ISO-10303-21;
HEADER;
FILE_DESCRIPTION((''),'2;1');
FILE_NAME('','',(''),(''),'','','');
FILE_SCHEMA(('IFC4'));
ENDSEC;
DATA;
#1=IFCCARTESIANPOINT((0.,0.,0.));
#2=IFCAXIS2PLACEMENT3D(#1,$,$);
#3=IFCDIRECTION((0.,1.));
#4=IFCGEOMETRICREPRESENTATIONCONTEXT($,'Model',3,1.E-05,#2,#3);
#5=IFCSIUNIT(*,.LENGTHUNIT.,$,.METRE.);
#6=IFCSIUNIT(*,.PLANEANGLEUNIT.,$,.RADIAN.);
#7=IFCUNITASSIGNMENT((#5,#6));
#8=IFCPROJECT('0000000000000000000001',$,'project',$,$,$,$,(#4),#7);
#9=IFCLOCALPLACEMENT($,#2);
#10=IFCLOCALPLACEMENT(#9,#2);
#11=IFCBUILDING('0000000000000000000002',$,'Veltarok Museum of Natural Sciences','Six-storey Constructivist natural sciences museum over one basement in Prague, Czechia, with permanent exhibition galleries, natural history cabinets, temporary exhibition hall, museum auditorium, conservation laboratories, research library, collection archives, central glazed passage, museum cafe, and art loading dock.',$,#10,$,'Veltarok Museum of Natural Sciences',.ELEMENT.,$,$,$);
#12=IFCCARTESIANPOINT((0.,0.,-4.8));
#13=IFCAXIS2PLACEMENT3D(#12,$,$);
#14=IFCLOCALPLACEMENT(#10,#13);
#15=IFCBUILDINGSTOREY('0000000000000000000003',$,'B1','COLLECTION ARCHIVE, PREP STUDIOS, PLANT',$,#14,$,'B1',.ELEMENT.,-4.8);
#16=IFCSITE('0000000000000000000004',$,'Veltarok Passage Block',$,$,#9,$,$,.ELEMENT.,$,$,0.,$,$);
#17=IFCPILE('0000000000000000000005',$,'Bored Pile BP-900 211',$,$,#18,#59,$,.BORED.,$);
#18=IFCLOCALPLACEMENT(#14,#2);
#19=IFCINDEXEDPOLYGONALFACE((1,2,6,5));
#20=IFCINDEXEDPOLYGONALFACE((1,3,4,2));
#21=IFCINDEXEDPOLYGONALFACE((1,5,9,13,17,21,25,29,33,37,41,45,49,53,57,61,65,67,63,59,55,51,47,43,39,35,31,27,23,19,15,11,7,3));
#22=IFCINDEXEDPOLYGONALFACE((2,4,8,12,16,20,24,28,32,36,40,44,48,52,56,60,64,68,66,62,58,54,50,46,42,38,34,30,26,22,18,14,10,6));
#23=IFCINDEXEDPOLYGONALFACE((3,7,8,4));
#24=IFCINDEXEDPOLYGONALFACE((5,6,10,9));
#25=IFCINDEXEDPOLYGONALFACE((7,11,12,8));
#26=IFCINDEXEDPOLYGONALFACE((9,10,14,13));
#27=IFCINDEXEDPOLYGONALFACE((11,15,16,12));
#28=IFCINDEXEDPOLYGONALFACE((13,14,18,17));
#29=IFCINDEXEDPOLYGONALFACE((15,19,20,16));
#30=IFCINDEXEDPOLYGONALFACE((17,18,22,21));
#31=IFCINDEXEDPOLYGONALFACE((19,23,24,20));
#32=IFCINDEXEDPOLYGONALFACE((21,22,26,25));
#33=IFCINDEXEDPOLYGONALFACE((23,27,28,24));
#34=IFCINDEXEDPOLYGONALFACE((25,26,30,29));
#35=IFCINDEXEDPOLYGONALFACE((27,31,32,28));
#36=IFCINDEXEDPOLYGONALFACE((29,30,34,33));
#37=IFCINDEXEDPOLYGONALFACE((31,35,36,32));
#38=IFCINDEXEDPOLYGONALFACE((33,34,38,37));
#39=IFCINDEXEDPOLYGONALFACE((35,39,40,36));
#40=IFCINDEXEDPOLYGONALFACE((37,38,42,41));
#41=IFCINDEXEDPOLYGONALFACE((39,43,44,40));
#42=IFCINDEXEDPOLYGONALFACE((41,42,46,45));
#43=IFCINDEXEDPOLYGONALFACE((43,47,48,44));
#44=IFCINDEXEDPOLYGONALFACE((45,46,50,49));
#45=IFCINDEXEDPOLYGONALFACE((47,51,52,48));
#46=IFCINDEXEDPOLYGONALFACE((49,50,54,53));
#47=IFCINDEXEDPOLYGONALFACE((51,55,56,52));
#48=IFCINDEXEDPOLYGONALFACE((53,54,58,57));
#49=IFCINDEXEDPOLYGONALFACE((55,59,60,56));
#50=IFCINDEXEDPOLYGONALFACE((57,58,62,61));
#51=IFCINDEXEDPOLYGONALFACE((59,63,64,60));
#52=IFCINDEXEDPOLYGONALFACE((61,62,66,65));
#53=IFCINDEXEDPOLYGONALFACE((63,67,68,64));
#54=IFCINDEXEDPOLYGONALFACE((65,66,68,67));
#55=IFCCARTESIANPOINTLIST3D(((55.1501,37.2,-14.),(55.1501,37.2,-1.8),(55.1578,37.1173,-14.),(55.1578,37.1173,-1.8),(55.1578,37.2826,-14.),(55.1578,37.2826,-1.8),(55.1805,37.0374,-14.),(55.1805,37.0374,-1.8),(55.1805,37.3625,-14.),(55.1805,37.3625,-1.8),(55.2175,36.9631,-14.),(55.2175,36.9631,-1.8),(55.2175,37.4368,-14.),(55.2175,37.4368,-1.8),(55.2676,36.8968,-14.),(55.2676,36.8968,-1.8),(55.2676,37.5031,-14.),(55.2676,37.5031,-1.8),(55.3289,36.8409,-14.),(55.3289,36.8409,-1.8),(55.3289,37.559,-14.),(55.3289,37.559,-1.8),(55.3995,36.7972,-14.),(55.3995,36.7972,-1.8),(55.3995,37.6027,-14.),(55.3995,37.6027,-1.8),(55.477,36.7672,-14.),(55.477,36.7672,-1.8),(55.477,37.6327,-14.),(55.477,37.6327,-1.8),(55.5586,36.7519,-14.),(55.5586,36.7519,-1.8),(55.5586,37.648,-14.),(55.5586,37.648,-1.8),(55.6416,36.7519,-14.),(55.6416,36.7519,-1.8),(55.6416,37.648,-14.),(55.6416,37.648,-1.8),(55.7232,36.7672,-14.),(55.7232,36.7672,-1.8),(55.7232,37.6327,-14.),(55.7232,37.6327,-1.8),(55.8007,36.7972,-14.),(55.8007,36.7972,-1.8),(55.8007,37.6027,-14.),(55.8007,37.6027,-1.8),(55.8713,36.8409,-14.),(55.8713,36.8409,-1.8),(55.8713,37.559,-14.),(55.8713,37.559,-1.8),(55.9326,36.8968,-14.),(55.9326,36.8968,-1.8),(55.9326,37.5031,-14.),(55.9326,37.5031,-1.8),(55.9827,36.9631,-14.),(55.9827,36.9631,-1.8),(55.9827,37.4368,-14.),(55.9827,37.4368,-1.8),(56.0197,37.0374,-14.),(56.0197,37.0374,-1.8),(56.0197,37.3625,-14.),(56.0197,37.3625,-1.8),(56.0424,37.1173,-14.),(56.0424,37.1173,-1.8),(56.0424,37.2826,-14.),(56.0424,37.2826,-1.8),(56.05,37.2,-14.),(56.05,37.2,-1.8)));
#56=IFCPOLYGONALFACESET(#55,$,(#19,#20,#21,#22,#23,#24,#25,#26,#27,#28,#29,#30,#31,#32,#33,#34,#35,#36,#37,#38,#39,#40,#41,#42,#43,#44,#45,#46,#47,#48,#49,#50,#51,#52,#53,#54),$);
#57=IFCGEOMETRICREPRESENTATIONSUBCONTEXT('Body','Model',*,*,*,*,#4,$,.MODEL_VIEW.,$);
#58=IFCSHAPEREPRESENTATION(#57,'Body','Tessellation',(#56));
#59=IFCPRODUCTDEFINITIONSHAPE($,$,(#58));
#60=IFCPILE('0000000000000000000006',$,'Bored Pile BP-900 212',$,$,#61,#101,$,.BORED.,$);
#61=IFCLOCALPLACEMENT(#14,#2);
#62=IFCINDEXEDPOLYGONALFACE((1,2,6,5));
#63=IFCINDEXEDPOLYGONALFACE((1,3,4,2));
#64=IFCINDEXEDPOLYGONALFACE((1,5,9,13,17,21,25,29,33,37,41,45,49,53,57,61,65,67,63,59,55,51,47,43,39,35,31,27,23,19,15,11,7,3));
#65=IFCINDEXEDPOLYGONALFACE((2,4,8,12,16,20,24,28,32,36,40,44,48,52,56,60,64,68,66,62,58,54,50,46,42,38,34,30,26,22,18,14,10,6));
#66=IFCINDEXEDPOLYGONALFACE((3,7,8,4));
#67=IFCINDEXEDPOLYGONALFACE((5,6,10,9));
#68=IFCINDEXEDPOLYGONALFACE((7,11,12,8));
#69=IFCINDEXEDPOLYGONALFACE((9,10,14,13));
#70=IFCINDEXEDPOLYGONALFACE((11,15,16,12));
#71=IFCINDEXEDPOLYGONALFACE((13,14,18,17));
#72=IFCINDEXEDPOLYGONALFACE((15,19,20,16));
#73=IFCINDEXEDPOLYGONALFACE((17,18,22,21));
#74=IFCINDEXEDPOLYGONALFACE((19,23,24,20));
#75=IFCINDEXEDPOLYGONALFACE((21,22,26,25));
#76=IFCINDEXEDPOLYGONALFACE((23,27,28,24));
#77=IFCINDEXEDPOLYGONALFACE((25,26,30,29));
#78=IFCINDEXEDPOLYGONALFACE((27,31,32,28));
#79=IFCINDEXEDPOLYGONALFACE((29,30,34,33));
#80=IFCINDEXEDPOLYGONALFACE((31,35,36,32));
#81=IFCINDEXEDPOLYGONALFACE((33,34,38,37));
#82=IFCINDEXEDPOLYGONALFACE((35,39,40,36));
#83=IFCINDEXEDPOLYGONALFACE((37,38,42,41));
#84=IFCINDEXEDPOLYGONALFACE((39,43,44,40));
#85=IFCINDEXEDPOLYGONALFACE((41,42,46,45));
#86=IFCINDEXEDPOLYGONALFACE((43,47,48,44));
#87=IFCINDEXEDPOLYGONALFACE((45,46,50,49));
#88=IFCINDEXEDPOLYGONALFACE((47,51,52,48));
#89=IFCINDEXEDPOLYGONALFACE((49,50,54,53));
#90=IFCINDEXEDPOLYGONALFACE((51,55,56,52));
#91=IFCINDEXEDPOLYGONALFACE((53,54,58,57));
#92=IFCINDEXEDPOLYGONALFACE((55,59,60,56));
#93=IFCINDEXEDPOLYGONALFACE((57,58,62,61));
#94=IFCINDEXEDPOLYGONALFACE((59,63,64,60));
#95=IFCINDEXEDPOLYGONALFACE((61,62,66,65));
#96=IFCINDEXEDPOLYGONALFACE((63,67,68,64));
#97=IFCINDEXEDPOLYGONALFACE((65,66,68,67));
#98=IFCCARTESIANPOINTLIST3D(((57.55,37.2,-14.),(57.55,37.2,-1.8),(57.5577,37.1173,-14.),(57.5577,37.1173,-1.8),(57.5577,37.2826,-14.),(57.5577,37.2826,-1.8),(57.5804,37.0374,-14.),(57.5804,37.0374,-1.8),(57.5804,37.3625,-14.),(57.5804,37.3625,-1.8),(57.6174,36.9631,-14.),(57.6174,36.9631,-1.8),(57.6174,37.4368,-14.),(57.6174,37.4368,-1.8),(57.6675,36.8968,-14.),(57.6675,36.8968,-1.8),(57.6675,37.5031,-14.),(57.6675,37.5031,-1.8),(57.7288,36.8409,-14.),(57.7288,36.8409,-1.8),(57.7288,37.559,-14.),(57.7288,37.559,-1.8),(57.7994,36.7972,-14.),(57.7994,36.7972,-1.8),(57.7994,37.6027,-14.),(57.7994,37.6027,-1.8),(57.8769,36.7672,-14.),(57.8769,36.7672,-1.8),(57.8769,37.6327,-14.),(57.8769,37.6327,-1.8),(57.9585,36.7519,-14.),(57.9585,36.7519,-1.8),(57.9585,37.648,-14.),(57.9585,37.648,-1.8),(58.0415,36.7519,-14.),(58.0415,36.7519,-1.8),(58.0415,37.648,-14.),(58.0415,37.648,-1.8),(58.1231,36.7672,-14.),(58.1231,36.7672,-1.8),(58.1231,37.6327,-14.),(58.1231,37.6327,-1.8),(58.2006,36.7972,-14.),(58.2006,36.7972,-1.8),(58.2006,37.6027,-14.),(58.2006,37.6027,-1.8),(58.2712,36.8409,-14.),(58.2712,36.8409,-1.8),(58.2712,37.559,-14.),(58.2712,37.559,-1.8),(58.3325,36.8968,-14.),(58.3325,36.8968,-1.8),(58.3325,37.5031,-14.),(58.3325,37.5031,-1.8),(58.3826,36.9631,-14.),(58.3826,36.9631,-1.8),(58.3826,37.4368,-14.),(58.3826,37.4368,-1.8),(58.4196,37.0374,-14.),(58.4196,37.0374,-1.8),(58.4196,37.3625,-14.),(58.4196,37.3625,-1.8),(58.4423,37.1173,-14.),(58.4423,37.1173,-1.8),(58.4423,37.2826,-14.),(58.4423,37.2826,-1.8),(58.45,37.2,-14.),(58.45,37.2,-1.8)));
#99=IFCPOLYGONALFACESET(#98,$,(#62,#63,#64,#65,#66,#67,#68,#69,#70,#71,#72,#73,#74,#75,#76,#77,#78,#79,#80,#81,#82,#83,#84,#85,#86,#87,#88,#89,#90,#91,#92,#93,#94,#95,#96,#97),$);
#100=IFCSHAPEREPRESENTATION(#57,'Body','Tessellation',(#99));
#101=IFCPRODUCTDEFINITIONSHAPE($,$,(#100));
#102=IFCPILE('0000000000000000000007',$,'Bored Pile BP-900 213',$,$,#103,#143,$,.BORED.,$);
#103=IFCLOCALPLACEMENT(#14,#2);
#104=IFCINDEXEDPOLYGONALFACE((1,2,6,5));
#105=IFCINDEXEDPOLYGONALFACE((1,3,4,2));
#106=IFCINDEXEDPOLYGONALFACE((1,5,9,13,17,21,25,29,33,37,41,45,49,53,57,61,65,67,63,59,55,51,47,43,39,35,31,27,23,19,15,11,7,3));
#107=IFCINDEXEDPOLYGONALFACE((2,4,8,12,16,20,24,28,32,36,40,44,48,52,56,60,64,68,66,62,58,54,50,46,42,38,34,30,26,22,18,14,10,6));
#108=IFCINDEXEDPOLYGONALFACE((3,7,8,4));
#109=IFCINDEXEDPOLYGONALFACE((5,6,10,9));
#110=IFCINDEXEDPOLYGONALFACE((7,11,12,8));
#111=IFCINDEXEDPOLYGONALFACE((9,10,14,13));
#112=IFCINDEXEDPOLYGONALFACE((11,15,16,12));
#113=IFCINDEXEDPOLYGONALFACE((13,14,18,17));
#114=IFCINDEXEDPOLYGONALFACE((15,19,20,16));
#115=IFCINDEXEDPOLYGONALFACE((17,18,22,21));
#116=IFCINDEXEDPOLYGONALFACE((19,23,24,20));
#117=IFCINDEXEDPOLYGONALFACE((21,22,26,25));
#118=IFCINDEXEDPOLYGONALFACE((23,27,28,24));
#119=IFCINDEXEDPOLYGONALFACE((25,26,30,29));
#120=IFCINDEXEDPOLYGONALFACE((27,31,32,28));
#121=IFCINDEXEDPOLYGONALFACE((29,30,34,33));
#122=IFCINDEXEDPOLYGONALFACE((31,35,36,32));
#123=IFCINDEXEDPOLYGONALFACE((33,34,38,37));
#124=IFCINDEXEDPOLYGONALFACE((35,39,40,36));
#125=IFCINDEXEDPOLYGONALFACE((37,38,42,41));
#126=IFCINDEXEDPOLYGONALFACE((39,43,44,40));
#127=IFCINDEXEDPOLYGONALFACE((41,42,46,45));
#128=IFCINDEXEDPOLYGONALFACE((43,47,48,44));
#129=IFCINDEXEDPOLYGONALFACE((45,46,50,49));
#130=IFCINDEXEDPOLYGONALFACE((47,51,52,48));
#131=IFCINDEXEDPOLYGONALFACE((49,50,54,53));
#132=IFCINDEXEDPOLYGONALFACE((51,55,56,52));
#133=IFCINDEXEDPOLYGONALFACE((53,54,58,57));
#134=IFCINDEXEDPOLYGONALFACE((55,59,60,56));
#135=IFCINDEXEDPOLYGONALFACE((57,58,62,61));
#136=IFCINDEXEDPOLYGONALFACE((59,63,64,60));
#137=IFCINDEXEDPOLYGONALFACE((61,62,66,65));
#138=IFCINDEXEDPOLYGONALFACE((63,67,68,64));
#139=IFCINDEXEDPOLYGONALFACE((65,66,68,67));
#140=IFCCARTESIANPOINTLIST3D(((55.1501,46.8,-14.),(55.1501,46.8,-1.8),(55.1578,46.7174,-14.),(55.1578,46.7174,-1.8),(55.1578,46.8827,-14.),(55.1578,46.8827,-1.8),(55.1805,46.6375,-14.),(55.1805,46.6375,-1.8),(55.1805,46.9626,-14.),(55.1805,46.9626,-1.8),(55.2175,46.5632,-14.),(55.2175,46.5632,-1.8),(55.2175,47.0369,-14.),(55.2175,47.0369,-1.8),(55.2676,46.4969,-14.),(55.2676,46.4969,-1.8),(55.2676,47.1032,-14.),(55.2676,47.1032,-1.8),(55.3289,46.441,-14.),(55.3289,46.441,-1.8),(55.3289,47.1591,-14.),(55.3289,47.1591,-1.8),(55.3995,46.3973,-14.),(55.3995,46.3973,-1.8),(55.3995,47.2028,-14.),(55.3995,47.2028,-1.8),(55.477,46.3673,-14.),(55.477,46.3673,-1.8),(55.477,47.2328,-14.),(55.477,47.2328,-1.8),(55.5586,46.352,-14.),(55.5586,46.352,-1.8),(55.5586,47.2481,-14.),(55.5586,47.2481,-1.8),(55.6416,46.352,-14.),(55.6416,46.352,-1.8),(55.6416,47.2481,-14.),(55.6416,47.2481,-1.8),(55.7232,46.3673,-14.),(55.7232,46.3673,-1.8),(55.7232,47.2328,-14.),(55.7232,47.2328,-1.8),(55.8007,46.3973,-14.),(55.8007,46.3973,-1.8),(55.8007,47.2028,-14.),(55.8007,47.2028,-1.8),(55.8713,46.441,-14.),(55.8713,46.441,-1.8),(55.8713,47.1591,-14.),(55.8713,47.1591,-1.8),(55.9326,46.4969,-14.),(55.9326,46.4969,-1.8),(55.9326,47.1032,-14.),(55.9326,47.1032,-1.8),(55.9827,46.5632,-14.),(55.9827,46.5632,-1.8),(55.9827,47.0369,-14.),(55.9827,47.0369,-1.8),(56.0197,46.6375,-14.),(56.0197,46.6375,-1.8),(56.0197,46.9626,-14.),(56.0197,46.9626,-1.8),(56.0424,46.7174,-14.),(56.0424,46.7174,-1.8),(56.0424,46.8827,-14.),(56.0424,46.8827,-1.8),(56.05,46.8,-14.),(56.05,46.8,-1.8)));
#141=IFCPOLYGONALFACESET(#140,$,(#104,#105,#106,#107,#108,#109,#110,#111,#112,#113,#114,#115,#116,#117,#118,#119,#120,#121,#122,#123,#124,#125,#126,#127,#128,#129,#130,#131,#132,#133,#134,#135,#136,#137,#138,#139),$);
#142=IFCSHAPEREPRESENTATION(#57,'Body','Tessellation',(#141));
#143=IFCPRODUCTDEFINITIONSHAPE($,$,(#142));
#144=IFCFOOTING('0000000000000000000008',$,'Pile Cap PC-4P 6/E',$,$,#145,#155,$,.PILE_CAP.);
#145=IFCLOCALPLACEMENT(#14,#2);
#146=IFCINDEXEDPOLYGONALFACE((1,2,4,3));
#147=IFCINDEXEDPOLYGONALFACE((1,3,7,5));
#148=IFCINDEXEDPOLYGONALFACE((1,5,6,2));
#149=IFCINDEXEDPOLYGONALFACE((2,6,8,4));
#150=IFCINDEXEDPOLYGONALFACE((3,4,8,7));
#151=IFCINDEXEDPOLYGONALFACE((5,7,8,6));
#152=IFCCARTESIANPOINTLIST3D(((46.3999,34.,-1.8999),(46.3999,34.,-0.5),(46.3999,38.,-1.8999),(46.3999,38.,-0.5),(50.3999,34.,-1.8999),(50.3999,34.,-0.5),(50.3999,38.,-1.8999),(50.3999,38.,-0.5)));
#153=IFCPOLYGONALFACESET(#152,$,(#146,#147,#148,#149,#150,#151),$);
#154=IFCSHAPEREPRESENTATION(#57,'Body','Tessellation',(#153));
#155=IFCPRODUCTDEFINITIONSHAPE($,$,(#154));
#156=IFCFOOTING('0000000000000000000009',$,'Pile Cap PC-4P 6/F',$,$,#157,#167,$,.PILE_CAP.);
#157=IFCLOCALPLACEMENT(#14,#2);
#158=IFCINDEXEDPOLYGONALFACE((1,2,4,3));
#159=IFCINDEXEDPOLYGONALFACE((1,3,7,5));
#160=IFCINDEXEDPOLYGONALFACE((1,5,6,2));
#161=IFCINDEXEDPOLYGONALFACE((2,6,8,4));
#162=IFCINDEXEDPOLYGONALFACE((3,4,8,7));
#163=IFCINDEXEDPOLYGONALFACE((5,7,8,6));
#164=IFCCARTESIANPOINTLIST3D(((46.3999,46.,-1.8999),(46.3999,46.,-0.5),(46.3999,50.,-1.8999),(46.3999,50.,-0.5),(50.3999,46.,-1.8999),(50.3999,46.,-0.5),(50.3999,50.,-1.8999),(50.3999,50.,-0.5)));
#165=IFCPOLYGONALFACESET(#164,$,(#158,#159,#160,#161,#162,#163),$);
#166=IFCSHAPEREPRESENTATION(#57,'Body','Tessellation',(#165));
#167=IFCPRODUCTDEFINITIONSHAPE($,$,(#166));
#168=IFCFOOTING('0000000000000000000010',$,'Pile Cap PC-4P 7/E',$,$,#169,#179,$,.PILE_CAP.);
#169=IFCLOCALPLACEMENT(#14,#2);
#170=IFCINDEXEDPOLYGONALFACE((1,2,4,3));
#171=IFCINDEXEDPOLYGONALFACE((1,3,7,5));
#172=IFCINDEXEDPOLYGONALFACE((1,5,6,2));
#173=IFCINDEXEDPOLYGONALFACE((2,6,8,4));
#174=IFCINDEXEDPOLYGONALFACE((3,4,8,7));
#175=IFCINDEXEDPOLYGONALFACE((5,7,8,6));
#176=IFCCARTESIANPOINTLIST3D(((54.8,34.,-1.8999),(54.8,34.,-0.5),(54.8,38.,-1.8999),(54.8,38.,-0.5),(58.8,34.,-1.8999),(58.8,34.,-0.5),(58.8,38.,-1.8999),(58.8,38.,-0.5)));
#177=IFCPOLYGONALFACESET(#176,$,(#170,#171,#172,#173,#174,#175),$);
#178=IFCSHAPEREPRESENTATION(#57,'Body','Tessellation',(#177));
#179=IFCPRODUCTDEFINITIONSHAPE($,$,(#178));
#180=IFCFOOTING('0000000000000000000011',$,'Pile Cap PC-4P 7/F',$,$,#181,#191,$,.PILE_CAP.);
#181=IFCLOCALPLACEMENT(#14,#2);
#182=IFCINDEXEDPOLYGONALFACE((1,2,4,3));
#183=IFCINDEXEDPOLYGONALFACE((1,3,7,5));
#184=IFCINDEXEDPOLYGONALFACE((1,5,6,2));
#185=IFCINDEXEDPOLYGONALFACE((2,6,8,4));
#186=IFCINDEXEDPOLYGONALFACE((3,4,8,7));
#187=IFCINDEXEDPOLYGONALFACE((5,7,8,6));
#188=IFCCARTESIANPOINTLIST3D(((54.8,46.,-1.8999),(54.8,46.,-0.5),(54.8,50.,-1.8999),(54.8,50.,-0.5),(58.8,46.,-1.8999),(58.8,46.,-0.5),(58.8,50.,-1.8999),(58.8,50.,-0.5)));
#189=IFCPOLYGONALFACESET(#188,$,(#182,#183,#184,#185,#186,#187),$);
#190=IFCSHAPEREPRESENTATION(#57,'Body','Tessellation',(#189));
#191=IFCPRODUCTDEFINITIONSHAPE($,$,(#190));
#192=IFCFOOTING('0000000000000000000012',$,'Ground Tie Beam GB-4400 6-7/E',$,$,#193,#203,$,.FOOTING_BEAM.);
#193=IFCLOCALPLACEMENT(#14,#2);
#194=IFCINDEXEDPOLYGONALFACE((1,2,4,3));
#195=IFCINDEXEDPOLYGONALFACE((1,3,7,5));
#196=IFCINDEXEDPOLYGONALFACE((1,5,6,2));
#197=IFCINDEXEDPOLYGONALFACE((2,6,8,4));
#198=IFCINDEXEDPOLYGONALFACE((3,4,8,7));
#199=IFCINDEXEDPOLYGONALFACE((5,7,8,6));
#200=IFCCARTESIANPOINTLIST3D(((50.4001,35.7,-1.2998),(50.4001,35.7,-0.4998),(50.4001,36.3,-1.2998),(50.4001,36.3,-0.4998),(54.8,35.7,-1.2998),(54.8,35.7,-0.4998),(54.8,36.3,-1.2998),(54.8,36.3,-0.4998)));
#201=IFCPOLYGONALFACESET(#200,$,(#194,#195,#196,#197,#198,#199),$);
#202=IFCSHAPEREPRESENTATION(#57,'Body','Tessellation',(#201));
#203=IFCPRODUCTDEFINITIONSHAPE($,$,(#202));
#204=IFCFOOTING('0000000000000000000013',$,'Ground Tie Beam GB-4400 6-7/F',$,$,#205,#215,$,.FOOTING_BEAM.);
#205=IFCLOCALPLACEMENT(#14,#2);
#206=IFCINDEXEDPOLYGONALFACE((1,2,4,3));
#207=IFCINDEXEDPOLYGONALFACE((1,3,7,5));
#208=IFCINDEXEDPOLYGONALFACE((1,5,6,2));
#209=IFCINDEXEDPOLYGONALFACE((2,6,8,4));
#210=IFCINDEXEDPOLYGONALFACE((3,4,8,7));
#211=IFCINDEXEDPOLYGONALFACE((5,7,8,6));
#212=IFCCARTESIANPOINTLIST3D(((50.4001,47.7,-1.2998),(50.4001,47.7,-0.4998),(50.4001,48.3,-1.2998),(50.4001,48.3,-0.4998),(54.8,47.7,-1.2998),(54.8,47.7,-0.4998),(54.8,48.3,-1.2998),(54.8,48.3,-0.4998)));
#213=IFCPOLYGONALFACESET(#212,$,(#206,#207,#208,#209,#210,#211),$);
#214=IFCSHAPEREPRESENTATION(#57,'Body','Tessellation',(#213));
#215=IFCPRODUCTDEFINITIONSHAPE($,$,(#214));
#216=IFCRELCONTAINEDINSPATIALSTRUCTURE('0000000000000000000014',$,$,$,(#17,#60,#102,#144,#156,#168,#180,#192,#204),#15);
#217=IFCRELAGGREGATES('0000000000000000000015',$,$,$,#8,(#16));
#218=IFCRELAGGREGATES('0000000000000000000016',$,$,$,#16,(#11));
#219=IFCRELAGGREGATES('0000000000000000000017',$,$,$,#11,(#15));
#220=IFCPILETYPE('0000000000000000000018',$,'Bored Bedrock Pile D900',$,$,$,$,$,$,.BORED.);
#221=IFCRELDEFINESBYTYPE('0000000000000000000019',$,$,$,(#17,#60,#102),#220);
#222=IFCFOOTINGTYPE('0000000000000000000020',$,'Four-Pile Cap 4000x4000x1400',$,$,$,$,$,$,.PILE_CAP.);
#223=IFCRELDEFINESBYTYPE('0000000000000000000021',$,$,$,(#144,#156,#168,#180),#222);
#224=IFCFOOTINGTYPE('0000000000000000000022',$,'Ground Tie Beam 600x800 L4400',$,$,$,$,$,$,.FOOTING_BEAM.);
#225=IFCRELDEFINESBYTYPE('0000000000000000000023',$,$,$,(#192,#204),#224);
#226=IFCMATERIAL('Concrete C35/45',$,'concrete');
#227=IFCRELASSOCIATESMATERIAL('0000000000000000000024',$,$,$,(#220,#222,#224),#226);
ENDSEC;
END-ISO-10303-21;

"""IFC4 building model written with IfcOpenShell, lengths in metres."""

from ifc_helpers import new_model, si_unit, direction, frame, origin, origin_2d, place, context, subcontext, project, spatial, rectangle, circle, extrude, material, material_profile, profile_set, type_object, element, save


model = new_model("IFC4")

# Units and contexts
model_context = context("Model", 3, precision=1e-05, world=origin(), true_north=direction((0.0, 1.0)))
body_context = subcontext(model_context, "Body", "Model", "MODEL_VIEW")
ifc_project = project(units=[si_unit("LENGTHUNIT", "METRE"), si_unit("PLANEANGLEUNIT", "RADIAN")], contexts=[model_context])

# Site, building, storey
site_placement = place(None, origin())
site = spatial("IfcSite", under=ifc_project, at=site_placement, Name="Veltarok Passage Block", CompositionType="ELEMENT", RefElevation=0.0)
building_placement = place(site_placement, origin())
building = spatial("IfcBuilding", under=site, at=building_placement, Name="Veltarok Museum of Natural Sciences", Description="Six-storey Constructivist natural sciences museum over one basement in Prague, Czechia, with permanent exhibition galleries, natural history cabinets, temporary exhibition hall, museum auditorium, conservation laboratories, research library, collection archives, central glazed passage, museum cafe, and art loading dock.", LongName="Veltarok Museum of Natural Sciences", CompositionType="ELEMENT")
storey_placement = place(building_placement, frame((0.0, 0.0, -4.8)))
storey = spatial("IfcBuildingStorey", under=building, at=storey_placement, Name="B1", Description="COLLECTION ARCHIVE, PREP STUDIOS, PLANT", LongName="B1", CompositionType="ELEMENT", Elevation=-4.8)

# Piles
ifc_material_1 = material(Name="Concrete C35/45", Category="concrete")
ifc_material_profile_1 = material_profile(ifc_material_1, circle(Radius=0.45, at=origin_2d()), Name="BP D900")
ifc_profile_set_1 = profile_set([ifc_material_profile_1], Name="Concrete C35/45")
pile_type = type_object("IfcPileType", Name="Bored Bedrock Pile D900", PredefinedType="BORED", material=ifc_profile_set_1)
for number, where, z_axis, x_axis, name in (
    (1, (55.6001, 37.2, -1.8), (0.0, 0.0, -1.0), (1.0, 0.0, 0.0), "Bored Pile BP-900 211"),
    (2, (58.0, 37.2, -1.8), (0.0, 0.0, -1.0), (1.0, 0.0, 0.0), "Bored Pile BP-900 212"),
    (3, (55.6001, 46.8, -1.8), (0.0, 0.0, -1.0), (1.0, 0.0, 0.0), "Bored Pile BP-900 213"),
):
    element("IfcPile", number, at=place(storey_placement, frame(where, z_axis=z_axis, x_axis=x_axis)), inside=storey, type_object=pile_type, Name=name, PredefinedType="BORED", context=body_context, shape_type="SweptSolid", body=[
        extrude(circle(Radius=0.45, at=origin_2d()), origin(), (0.0, 0.0, 1.0), 12.2),
    ])

# Footings
footing_type_1 = type_object("IfcFootingType", Name="Four-Pile Cap 4000x4000x1400", PredefinedType="PILE_CAP", material=ifc_material_1)
for number, where, z_axis, x_axis, name in (
    (4, (48.3999, 36.0, -1.8999), (0.0, 0.0, 1.0), (1.0, 0.0, 0.0), "Pile Cap PC-4P 6/E"),
    (5, (48.3999, 48.0, -1.8999), (0.0, 0.0, 1.0), (1.0, 0.0, 0.0), "Pile Cap PC-4P 6/F"),
    (6, (56.8, 36.0, -1.8999), (0.0, 0.0, 1.0), (1.0, 0.0, 0.0), "Pile Cap PC-4P 7/E"),
    (7, (56.8, 48.0, -1.8999), (0.0, 0.0, 1.0), (1.0, 0.0, 0.0), "Pile Cap PC-4P 7/F"),
):
    element("IfcFooting", number, at=place(storey_placement, frame(where, z_axis=z_axis, x_axis=x_axis)), inside=storey, type_object=footing_type_1, Name=name, PredefinedType="PILE_CAP", context=body_context, shape_type="SweptSolid", body=[
        extrude(rectangle(XDim=4.0, YDim=4.0, at=origin_2d()), origin(), (0.0, 0.0, 1.0), 1.3999),
    ])
footing_type_2 = type_object("IfcFootingType", Name="Ground Tie Beam 600x800 L4400", PredefinedType="FOOTING_BEAM", material=ifc_material_1)
for number, where, z_axis, x_axis, name in (
    (8, (52.6001, 36.0, -1.2998), (0.0, 0.0, 1.0), (1.0, 0.0, 0.0), "Ground Tie Beam GB-4400 6-7/E"),
    (9, (52.6001, 48.0, -1.2998), (0.0, 0.0, 1.0), (1.0, 0.0, 0.0), "Ground Tie Beam GB-4400 6-7/F"),
):
    element("IfcFooting", number, at=place(storey_placement, frame(where, z_axis=z_axis, x_axis=x_axis)), inside=storey, type_object=footing_type_2, Name=name, PredefinedType="FOOTING_BEAM", context=body_context, shape_type="SweptSolid", body=[
        extrude(rectangle(XDim=4.3999, YDim=0.6001, at=origin_2d()), origin(), (0.0, 0.0, 1.0), 0.8),
    ])

save(model, "model.ifc")
